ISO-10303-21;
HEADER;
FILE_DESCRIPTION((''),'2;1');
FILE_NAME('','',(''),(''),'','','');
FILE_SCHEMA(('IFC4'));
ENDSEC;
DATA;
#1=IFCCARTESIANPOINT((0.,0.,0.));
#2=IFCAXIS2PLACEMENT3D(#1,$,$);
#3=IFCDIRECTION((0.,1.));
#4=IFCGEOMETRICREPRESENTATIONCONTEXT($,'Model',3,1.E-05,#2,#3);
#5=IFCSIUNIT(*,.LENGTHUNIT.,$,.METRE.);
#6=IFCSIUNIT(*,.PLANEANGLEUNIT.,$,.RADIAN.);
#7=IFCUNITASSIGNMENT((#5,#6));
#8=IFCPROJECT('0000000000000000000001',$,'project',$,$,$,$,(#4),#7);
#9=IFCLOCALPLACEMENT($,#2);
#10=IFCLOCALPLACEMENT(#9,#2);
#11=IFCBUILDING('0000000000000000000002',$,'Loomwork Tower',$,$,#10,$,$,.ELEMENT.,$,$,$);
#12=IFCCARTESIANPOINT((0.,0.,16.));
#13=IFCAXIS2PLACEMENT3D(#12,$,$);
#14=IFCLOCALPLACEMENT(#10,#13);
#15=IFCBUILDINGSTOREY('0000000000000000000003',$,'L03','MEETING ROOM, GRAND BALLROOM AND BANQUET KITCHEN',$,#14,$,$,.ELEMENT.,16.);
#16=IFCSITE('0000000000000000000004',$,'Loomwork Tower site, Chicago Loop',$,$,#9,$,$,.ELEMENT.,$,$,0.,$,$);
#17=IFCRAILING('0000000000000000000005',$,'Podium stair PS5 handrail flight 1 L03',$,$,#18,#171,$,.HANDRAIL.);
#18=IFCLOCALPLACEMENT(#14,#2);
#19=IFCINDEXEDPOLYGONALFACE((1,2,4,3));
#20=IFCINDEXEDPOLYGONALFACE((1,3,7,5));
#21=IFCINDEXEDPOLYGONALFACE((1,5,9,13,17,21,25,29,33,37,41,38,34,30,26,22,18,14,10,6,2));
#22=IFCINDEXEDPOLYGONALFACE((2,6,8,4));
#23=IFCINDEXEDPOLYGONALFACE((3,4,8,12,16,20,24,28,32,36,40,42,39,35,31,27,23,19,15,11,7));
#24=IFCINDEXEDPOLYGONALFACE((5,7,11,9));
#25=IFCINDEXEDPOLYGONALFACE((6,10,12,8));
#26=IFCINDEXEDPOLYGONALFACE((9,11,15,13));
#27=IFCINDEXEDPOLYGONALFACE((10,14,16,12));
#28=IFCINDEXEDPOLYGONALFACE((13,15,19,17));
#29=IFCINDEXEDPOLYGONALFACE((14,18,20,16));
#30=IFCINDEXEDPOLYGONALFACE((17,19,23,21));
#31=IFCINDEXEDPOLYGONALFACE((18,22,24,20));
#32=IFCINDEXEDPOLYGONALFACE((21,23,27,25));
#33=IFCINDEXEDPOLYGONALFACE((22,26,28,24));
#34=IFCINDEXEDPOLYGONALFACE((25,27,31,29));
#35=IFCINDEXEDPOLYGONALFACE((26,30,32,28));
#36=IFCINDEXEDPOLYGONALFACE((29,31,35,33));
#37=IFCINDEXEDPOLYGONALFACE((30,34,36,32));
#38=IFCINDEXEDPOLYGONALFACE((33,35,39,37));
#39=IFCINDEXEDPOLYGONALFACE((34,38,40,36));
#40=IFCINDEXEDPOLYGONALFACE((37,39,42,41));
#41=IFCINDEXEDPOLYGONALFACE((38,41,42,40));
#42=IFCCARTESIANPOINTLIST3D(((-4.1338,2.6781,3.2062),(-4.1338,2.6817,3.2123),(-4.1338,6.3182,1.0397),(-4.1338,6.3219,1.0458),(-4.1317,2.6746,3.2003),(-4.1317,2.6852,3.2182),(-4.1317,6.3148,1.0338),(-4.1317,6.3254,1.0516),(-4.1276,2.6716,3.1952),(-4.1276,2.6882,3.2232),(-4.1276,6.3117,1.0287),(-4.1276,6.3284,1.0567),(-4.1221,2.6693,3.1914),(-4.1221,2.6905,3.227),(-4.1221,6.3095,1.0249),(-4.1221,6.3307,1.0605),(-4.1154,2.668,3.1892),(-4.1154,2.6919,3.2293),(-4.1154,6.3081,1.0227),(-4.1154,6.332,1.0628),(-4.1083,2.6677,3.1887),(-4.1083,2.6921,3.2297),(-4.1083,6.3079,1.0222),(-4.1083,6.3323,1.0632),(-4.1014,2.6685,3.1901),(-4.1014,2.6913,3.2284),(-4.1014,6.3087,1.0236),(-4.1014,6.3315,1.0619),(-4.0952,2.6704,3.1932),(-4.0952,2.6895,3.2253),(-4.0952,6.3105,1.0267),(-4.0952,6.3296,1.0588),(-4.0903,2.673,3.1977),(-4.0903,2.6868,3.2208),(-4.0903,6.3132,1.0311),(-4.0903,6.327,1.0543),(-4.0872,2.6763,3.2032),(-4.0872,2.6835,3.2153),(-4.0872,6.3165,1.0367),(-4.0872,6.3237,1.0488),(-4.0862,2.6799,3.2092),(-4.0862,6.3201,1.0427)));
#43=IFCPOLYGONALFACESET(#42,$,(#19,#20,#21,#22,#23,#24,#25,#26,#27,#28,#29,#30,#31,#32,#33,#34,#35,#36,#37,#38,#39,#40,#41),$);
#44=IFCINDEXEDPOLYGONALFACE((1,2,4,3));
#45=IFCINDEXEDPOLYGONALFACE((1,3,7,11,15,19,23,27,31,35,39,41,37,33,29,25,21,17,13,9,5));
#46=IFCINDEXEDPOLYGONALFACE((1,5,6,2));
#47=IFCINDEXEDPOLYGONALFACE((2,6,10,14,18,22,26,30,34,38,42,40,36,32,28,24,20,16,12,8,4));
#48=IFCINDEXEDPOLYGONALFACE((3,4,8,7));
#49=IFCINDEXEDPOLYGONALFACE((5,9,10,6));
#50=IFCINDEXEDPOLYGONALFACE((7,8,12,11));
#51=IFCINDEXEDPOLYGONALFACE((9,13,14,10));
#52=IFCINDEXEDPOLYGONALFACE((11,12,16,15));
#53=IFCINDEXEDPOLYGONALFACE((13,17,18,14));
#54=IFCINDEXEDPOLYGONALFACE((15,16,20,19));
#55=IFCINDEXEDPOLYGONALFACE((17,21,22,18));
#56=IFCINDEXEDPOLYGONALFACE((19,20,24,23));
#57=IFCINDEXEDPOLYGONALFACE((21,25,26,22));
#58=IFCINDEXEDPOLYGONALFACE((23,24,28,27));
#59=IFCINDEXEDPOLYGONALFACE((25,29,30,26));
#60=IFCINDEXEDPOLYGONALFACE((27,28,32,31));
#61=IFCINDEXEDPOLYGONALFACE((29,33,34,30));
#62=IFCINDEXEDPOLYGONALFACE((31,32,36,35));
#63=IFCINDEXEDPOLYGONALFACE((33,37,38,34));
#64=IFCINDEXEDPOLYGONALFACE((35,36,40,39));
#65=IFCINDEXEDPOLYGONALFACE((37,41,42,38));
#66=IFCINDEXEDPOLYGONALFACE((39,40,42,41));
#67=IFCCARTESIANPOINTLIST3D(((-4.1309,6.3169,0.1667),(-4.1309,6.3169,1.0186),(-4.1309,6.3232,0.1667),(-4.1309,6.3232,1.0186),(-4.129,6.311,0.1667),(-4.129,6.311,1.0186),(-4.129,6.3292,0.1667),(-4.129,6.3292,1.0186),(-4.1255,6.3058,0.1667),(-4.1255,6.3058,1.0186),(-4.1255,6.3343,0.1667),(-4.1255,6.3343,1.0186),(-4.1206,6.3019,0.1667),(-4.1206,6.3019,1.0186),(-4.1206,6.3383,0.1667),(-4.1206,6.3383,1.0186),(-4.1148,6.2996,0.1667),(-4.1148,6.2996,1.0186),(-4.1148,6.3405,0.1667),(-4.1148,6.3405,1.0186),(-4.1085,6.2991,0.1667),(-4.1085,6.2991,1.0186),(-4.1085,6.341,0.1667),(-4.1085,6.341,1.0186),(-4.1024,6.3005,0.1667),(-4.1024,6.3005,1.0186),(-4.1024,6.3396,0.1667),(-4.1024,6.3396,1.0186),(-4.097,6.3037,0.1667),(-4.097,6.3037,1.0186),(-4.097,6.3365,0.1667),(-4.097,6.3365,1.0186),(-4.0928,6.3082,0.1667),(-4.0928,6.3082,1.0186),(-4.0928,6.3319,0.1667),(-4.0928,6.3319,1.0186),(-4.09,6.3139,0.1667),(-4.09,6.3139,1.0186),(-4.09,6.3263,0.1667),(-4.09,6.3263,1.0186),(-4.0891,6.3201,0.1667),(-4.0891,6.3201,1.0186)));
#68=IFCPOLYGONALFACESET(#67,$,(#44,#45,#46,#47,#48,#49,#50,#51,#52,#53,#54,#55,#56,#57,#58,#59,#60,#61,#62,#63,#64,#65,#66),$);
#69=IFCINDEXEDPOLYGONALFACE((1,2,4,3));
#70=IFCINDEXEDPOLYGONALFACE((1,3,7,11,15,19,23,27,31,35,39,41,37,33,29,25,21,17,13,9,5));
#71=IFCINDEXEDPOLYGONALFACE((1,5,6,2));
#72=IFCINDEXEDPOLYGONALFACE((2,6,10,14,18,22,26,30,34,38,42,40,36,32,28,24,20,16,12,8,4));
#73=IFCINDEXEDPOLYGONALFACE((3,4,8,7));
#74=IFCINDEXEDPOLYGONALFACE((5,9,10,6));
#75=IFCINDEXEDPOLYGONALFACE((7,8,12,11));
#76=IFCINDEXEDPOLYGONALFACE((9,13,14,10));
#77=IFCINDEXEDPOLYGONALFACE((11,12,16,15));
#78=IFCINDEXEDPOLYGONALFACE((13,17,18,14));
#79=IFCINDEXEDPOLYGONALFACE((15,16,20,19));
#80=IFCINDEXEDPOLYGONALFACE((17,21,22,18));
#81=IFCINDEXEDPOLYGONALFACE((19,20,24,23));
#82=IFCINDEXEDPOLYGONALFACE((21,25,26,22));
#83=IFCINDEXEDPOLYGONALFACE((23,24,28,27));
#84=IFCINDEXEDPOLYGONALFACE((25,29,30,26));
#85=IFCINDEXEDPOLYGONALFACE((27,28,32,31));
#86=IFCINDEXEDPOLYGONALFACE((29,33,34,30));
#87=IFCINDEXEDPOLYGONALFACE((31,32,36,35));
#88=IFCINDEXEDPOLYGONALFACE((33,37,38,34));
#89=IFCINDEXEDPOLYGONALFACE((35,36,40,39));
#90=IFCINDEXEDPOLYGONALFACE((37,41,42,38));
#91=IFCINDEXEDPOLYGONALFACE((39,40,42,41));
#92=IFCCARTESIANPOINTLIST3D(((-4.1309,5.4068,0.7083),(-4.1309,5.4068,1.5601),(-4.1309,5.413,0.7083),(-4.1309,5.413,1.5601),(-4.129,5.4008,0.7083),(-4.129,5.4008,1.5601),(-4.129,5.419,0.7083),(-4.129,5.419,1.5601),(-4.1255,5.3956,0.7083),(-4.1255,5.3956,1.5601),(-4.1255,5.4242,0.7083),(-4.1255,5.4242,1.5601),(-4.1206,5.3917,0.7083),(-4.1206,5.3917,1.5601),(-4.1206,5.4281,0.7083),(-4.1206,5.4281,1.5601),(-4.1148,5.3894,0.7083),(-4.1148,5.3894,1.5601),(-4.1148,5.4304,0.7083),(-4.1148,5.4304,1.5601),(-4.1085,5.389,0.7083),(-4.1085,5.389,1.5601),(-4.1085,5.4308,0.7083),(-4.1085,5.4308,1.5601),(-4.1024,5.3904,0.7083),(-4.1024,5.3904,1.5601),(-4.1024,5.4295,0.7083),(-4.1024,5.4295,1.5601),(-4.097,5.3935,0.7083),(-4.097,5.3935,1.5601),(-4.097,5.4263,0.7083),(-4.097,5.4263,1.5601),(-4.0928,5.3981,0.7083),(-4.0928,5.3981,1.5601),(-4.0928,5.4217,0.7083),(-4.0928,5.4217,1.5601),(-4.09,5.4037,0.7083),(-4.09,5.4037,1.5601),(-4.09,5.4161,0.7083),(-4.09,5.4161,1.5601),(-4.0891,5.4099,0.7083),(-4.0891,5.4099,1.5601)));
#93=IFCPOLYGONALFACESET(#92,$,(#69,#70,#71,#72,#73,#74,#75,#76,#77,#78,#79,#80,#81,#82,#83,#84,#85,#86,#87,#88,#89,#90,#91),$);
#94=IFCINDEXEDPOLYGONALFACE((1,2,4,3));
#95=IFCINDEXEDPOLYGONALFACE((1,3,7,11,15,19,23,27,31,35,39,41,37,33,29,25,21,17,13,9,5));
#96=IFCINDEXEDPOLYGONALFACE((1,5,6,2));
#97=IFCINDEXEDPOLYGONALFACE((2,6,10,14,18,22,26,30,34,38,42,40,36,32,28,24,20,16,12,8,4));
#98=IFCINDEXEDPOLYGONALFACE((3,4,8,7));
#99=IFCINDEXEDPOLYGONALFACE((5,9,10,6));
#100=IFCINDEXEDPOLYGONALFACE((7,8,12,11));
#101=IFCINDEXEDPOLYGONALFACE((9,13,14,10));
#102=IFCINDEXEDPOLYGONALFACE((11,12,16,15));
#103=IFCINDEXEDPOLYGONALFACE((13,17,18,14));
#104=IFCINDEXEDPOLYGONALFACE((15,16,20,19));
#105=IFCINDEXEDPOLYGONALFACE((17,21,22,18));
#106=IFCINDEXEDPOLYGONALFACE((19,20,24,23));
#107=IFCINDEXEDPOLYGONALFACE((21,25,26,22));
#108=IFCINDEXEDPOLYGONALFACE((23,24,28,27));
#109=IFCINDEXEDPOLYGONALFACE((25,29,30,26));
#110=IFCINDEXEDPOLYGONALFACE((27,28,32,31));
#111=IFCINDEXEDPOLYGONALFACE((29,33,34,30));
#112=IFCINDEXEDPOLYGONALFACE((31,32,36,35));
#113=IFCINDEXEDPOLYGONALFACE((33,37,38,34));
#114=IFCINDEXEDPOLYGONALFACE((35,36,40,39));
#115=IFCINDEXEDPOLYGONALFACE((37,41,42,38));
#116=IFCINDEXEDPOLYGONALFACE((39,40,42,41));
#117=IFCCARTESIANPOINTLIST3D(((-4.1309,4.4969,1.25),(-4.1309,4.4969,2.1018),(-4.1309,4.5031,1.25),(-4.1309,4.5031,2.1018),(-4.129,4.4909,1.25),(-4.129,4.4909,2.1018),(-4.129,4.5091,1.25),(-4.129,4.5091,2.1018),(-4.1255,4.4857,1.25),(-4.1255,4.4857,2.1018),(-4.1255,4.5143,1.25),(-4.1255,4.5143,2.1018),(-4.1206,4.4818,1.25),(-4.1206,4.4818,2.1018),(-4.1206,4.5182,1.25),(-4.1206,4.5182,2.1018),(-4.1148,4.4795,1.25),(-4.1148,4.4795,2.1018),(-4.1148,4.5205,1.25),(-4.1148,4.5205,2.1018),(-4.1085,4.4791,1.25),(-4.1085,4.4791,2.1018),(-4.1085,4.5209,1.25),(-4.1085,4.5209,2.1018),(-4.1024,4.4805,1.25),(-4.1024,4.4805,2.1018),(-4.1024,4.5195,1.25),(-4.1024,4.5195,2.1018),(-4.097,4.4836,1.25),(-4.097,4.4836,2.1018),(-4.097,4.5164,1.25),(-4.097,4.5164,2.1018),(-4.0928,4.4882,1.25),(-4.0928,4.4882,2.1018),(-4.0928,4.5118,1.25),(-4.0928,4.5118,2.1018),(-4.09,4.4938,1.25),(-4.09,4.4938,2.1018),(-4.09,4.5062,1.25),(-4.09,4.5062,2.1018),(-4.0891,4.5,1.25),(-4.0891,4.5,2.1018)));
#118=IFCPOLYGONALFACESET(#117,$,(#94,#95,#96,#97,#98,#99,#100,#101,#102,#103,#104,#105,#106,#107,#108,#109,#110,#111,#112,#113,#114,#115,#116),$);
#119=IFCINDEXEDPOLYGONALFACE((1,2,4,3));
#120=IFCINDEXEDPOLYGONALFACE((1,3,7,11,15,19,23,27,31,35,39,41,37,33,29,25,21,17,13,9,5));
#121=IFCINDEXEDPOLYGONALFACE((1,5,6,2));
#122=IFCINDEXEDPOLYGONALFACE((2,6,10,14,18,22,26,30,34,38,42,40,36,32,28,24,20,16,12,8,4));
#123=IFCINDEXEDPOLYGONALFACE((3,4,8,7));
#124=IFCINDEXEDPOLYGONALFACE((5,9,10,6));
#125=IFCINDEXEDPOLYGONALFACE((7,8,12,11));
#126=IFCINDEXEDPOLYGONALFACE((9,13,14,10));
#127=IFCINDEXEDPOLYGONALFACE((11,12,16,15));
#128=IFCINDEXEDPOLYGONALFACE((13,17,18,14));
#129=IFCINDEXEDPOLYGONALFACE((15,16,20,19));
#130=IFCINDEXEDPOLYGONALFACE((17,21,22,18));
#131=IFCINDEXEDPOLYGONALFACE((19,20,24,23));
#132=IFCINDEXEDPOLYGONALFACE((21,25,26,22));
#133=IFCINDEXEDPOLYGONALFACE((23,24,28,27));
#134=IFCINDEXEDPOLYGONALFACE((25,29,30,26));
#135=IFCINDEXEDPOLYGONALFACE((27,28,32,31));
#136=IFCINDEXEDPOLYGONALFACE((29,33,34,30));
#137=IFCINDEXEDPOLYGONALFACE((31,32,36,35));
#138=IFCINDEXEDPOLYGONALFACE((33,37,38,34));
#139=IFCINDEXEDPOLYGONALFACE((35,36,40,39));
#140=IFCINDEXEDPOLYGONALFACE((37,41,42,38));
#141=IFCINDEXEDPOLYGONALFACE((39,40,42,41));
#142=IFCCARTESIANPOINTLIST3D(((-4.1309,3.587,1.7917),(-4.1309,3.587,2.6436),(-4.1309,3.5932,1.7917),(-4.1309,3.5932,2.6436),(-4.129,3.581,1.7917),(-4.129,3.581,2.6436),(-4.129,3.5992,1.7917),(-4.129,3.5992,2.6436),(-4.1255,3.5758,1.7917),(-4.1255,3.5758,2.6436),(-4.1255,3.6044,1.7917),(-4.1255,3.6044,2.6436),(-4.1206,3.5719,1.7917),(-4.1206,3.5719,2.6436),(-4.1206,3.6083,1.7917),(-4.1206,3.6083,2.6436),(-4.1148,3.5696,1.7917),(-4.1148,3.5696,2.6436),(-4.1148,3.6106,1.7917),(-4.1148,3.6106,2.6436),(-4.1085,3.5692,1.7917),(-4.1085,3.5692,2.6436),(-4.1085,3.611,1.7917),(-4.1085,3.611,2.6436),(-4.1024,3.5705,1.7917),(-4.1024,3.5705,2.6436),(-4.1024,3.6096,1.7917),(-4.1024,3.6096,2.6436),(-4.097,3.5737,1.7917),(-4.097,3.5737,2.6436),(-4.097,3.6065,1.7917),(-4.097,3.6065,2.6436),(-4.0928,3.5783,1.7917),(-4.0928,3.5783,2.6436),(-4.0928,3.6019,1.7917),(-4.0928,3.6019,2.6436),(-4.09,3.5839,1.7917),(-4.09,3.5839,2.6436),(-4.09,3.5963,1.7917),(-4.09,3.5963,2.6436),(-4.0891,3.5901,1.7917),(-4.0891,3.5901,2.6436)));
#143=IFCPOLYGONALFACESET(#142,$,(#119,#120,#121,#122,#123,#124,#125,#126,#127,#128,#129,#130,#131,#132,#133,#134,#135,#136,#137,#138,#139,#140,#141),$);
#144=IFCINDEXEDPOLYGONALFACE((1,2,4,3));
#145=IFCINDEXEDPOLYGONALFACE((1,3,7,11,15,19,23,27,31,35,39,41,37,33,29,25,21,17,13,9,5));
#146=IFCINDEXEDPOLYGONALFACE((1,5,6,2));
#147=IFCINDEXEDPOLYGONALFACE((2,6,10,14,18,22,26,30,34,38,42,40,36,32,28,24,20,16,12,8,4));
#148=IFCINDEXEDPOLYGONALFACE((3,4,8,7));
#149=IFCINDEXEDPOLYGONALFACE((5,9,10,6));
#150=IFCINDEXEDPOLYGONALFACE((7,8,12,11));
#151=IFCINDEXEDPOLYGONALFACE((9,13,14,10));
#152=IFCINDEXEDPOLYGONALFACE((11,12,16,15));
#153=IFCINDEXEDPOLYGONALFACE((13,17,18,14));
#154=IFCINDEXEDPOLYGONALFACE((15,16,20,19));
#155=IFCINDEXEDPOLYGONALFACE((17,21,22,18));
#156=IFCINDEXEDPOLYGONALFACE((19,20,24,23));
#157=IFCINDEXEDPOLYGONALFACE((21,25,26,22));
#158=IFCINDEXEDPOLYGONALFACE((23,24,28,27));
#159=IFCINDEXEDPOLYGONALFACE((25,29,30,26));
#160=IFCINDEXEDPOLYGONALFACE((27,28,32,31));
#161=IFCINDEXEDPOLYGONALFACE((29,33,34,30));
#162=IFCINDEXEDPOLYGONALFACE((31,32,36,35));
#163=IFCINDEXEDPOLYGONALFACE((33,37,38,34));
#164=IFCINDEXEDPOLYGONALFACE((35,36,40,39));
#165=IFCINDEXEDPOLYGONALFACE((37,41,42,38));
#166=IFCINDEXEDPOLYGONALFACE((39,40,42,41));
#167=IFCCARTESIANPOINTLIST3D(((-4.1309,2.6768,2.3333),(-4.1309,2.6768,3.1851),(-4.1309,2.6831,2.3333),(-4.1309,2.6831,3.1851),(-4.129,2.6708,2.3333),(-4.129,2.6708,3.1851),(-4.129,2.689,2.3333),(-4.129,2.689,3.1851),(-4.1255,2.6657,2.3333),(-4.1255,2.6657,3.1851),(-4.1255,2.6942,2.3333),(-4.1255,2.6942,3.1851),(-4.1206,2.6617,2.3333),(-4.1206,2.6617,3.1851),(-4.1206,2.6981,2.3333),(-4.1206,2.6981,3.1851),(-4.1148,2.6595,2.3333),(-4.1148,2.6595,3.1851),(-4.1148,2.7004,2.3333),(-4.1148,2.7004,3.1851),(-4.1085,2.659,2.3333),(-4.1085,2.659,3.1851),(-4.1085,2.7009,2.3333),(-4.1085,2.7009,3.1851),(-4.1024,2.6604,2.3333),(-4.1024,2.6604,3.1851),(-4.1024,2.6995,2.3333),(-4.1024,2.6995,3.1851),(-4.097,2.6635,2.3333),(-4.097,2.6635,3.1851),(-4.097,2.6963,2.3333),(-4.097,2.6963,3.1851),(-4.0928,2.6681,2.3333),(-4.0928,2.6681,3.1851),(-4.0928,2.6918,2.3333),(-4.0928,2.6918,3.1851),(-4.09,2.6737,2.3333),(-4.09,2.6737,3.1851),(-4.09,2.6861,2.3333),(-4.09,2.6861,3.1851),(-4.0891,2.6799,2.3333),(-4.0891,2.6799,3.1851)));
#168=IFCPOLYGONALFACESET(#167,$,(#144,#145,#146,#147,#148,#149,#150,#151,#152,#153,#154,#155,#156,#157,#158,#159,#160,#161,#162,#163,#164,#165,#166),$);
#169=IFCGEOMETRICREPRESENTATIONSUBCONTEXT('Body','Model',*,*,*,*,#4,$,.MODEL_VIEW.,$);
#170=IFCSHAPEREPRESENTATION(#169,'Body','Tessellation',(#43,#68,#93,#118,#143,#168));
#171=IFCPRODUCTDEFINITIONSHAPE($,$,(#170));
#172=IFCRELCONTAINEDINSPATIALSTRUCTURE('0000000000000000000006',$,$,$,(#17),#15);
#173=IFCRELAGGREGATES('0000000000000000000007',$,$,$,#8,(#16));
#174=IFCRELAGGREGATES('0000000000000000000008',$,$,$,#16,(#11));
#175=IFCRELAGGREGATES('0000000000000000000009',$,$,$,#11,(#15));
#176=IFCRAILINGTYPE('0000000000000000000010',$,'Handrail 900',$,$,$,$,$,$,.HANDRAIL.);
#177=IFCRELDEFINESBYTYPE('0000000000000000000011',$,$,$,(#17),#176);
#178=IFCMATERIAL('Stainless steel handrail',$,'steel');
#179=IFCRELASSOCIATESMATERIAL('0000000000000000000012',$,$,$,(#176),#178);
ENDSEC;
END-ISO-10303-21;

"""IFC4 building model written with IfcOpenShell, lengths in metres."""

from ifc_helpers import new_model, si_unit, direction, frame, origin, origin_2d, place, context, subcontext, project, spatial, circle, extrude, material, type_object, element, save


model = new_model("IFC4")

# Units and contexts
model_context = context("Model", 3, precision=1e-05, world=origin(), true_north=direction((0.0, 1.0)))
body_context = subcontext(model_context, "Body", "Model", "MODEL_VIEW")
ifc_project = project(units=[si_unit("LENGTHUNIT", "METRE"), si_unit("PLANEANGLEUNIT", "RADIAN")], contexts=[model_context])

# Site, building, storey
site_placement = place(None, origin())
site = spatial("IfcSite", under=ifc_project, at=site_placement, Name="Loomwork Tower site, Chicago Loop", CompositionType="ELEMENT", RefElevation=0.0)
building_placement = place(site_placement, origin())
building = spatial("IfcBuilding", under=site, at=building_placement, Name="Loomwork Tower", CompositionType="ELEMENT")
storey_placement = place(building_placement, frame((0.0, 0.0, 16.0)))
storey = spatial("IfcBuildingStorey", under=building, at=storey_placement, Name="L03", Description="MEETING ROOM, GRAND BALLROOM AND BANQUET KITCHEN", CompositionType="ELEMENT", Elevation=16.0)

# Railing
ifc_material_1 = material(Name="Stainless steel handrail", Category="steel")
railing_type = type_object("IfcRailingType", Name="Handrail 900", PredefinedType="HANDRAIL", material=ifc_material_1)
railing_1_placement = place(storey_placement, frame((-4.1101, 6.3201, 0.1667)))
element("IfcRailing", 1, at=railing_1_placement, inside=storey, type_object=railing_type, Name="Podium stair PS5 handrail flight 1 L03", PredefinedType="HANDRAIL", context=body_context, shape_type="SweptSolid", body=[
    extrude(circle(Radius=0.0239, at=origin_2d()), frame((0.0, 0.0, 0.876), z_axis=(0.0, -0.859318, 0.511441), x_axis=(1.0, 0.0, 0.0)), (0.0, 0.0, 1.0), 4.2361),
    extrude(circle(Radius=0.021, at=origin_2d()), origin(), (0.0, 0.0, 1.0), 0.8518),
    extrude(circle(Radius=0.021, at=origin_2d()), frame((0.0, -0.9102, 0.5415)), (0.0, 0.0, 1.0), 0.8518),
    extrude(circle(Radius=0.021, at=origin_2d()), frame((0.0, -1.8201, 1.0833)), (0.0, 0.0, 1.0), 0.8518),
    extrude(circle(Radius=0.021, at=origin_2d()), frame((0.0, -2.73, 1.625)), (0.0, 0.0, 1.0), 0.8518),
    extrude(circle(Radius=0.021, at=origin_2d()), frame((0.0, -3.6401, 2.1665)), (0.0, 0.0, 1.0), 0.8518),
])

save(model, "model.ifc")
